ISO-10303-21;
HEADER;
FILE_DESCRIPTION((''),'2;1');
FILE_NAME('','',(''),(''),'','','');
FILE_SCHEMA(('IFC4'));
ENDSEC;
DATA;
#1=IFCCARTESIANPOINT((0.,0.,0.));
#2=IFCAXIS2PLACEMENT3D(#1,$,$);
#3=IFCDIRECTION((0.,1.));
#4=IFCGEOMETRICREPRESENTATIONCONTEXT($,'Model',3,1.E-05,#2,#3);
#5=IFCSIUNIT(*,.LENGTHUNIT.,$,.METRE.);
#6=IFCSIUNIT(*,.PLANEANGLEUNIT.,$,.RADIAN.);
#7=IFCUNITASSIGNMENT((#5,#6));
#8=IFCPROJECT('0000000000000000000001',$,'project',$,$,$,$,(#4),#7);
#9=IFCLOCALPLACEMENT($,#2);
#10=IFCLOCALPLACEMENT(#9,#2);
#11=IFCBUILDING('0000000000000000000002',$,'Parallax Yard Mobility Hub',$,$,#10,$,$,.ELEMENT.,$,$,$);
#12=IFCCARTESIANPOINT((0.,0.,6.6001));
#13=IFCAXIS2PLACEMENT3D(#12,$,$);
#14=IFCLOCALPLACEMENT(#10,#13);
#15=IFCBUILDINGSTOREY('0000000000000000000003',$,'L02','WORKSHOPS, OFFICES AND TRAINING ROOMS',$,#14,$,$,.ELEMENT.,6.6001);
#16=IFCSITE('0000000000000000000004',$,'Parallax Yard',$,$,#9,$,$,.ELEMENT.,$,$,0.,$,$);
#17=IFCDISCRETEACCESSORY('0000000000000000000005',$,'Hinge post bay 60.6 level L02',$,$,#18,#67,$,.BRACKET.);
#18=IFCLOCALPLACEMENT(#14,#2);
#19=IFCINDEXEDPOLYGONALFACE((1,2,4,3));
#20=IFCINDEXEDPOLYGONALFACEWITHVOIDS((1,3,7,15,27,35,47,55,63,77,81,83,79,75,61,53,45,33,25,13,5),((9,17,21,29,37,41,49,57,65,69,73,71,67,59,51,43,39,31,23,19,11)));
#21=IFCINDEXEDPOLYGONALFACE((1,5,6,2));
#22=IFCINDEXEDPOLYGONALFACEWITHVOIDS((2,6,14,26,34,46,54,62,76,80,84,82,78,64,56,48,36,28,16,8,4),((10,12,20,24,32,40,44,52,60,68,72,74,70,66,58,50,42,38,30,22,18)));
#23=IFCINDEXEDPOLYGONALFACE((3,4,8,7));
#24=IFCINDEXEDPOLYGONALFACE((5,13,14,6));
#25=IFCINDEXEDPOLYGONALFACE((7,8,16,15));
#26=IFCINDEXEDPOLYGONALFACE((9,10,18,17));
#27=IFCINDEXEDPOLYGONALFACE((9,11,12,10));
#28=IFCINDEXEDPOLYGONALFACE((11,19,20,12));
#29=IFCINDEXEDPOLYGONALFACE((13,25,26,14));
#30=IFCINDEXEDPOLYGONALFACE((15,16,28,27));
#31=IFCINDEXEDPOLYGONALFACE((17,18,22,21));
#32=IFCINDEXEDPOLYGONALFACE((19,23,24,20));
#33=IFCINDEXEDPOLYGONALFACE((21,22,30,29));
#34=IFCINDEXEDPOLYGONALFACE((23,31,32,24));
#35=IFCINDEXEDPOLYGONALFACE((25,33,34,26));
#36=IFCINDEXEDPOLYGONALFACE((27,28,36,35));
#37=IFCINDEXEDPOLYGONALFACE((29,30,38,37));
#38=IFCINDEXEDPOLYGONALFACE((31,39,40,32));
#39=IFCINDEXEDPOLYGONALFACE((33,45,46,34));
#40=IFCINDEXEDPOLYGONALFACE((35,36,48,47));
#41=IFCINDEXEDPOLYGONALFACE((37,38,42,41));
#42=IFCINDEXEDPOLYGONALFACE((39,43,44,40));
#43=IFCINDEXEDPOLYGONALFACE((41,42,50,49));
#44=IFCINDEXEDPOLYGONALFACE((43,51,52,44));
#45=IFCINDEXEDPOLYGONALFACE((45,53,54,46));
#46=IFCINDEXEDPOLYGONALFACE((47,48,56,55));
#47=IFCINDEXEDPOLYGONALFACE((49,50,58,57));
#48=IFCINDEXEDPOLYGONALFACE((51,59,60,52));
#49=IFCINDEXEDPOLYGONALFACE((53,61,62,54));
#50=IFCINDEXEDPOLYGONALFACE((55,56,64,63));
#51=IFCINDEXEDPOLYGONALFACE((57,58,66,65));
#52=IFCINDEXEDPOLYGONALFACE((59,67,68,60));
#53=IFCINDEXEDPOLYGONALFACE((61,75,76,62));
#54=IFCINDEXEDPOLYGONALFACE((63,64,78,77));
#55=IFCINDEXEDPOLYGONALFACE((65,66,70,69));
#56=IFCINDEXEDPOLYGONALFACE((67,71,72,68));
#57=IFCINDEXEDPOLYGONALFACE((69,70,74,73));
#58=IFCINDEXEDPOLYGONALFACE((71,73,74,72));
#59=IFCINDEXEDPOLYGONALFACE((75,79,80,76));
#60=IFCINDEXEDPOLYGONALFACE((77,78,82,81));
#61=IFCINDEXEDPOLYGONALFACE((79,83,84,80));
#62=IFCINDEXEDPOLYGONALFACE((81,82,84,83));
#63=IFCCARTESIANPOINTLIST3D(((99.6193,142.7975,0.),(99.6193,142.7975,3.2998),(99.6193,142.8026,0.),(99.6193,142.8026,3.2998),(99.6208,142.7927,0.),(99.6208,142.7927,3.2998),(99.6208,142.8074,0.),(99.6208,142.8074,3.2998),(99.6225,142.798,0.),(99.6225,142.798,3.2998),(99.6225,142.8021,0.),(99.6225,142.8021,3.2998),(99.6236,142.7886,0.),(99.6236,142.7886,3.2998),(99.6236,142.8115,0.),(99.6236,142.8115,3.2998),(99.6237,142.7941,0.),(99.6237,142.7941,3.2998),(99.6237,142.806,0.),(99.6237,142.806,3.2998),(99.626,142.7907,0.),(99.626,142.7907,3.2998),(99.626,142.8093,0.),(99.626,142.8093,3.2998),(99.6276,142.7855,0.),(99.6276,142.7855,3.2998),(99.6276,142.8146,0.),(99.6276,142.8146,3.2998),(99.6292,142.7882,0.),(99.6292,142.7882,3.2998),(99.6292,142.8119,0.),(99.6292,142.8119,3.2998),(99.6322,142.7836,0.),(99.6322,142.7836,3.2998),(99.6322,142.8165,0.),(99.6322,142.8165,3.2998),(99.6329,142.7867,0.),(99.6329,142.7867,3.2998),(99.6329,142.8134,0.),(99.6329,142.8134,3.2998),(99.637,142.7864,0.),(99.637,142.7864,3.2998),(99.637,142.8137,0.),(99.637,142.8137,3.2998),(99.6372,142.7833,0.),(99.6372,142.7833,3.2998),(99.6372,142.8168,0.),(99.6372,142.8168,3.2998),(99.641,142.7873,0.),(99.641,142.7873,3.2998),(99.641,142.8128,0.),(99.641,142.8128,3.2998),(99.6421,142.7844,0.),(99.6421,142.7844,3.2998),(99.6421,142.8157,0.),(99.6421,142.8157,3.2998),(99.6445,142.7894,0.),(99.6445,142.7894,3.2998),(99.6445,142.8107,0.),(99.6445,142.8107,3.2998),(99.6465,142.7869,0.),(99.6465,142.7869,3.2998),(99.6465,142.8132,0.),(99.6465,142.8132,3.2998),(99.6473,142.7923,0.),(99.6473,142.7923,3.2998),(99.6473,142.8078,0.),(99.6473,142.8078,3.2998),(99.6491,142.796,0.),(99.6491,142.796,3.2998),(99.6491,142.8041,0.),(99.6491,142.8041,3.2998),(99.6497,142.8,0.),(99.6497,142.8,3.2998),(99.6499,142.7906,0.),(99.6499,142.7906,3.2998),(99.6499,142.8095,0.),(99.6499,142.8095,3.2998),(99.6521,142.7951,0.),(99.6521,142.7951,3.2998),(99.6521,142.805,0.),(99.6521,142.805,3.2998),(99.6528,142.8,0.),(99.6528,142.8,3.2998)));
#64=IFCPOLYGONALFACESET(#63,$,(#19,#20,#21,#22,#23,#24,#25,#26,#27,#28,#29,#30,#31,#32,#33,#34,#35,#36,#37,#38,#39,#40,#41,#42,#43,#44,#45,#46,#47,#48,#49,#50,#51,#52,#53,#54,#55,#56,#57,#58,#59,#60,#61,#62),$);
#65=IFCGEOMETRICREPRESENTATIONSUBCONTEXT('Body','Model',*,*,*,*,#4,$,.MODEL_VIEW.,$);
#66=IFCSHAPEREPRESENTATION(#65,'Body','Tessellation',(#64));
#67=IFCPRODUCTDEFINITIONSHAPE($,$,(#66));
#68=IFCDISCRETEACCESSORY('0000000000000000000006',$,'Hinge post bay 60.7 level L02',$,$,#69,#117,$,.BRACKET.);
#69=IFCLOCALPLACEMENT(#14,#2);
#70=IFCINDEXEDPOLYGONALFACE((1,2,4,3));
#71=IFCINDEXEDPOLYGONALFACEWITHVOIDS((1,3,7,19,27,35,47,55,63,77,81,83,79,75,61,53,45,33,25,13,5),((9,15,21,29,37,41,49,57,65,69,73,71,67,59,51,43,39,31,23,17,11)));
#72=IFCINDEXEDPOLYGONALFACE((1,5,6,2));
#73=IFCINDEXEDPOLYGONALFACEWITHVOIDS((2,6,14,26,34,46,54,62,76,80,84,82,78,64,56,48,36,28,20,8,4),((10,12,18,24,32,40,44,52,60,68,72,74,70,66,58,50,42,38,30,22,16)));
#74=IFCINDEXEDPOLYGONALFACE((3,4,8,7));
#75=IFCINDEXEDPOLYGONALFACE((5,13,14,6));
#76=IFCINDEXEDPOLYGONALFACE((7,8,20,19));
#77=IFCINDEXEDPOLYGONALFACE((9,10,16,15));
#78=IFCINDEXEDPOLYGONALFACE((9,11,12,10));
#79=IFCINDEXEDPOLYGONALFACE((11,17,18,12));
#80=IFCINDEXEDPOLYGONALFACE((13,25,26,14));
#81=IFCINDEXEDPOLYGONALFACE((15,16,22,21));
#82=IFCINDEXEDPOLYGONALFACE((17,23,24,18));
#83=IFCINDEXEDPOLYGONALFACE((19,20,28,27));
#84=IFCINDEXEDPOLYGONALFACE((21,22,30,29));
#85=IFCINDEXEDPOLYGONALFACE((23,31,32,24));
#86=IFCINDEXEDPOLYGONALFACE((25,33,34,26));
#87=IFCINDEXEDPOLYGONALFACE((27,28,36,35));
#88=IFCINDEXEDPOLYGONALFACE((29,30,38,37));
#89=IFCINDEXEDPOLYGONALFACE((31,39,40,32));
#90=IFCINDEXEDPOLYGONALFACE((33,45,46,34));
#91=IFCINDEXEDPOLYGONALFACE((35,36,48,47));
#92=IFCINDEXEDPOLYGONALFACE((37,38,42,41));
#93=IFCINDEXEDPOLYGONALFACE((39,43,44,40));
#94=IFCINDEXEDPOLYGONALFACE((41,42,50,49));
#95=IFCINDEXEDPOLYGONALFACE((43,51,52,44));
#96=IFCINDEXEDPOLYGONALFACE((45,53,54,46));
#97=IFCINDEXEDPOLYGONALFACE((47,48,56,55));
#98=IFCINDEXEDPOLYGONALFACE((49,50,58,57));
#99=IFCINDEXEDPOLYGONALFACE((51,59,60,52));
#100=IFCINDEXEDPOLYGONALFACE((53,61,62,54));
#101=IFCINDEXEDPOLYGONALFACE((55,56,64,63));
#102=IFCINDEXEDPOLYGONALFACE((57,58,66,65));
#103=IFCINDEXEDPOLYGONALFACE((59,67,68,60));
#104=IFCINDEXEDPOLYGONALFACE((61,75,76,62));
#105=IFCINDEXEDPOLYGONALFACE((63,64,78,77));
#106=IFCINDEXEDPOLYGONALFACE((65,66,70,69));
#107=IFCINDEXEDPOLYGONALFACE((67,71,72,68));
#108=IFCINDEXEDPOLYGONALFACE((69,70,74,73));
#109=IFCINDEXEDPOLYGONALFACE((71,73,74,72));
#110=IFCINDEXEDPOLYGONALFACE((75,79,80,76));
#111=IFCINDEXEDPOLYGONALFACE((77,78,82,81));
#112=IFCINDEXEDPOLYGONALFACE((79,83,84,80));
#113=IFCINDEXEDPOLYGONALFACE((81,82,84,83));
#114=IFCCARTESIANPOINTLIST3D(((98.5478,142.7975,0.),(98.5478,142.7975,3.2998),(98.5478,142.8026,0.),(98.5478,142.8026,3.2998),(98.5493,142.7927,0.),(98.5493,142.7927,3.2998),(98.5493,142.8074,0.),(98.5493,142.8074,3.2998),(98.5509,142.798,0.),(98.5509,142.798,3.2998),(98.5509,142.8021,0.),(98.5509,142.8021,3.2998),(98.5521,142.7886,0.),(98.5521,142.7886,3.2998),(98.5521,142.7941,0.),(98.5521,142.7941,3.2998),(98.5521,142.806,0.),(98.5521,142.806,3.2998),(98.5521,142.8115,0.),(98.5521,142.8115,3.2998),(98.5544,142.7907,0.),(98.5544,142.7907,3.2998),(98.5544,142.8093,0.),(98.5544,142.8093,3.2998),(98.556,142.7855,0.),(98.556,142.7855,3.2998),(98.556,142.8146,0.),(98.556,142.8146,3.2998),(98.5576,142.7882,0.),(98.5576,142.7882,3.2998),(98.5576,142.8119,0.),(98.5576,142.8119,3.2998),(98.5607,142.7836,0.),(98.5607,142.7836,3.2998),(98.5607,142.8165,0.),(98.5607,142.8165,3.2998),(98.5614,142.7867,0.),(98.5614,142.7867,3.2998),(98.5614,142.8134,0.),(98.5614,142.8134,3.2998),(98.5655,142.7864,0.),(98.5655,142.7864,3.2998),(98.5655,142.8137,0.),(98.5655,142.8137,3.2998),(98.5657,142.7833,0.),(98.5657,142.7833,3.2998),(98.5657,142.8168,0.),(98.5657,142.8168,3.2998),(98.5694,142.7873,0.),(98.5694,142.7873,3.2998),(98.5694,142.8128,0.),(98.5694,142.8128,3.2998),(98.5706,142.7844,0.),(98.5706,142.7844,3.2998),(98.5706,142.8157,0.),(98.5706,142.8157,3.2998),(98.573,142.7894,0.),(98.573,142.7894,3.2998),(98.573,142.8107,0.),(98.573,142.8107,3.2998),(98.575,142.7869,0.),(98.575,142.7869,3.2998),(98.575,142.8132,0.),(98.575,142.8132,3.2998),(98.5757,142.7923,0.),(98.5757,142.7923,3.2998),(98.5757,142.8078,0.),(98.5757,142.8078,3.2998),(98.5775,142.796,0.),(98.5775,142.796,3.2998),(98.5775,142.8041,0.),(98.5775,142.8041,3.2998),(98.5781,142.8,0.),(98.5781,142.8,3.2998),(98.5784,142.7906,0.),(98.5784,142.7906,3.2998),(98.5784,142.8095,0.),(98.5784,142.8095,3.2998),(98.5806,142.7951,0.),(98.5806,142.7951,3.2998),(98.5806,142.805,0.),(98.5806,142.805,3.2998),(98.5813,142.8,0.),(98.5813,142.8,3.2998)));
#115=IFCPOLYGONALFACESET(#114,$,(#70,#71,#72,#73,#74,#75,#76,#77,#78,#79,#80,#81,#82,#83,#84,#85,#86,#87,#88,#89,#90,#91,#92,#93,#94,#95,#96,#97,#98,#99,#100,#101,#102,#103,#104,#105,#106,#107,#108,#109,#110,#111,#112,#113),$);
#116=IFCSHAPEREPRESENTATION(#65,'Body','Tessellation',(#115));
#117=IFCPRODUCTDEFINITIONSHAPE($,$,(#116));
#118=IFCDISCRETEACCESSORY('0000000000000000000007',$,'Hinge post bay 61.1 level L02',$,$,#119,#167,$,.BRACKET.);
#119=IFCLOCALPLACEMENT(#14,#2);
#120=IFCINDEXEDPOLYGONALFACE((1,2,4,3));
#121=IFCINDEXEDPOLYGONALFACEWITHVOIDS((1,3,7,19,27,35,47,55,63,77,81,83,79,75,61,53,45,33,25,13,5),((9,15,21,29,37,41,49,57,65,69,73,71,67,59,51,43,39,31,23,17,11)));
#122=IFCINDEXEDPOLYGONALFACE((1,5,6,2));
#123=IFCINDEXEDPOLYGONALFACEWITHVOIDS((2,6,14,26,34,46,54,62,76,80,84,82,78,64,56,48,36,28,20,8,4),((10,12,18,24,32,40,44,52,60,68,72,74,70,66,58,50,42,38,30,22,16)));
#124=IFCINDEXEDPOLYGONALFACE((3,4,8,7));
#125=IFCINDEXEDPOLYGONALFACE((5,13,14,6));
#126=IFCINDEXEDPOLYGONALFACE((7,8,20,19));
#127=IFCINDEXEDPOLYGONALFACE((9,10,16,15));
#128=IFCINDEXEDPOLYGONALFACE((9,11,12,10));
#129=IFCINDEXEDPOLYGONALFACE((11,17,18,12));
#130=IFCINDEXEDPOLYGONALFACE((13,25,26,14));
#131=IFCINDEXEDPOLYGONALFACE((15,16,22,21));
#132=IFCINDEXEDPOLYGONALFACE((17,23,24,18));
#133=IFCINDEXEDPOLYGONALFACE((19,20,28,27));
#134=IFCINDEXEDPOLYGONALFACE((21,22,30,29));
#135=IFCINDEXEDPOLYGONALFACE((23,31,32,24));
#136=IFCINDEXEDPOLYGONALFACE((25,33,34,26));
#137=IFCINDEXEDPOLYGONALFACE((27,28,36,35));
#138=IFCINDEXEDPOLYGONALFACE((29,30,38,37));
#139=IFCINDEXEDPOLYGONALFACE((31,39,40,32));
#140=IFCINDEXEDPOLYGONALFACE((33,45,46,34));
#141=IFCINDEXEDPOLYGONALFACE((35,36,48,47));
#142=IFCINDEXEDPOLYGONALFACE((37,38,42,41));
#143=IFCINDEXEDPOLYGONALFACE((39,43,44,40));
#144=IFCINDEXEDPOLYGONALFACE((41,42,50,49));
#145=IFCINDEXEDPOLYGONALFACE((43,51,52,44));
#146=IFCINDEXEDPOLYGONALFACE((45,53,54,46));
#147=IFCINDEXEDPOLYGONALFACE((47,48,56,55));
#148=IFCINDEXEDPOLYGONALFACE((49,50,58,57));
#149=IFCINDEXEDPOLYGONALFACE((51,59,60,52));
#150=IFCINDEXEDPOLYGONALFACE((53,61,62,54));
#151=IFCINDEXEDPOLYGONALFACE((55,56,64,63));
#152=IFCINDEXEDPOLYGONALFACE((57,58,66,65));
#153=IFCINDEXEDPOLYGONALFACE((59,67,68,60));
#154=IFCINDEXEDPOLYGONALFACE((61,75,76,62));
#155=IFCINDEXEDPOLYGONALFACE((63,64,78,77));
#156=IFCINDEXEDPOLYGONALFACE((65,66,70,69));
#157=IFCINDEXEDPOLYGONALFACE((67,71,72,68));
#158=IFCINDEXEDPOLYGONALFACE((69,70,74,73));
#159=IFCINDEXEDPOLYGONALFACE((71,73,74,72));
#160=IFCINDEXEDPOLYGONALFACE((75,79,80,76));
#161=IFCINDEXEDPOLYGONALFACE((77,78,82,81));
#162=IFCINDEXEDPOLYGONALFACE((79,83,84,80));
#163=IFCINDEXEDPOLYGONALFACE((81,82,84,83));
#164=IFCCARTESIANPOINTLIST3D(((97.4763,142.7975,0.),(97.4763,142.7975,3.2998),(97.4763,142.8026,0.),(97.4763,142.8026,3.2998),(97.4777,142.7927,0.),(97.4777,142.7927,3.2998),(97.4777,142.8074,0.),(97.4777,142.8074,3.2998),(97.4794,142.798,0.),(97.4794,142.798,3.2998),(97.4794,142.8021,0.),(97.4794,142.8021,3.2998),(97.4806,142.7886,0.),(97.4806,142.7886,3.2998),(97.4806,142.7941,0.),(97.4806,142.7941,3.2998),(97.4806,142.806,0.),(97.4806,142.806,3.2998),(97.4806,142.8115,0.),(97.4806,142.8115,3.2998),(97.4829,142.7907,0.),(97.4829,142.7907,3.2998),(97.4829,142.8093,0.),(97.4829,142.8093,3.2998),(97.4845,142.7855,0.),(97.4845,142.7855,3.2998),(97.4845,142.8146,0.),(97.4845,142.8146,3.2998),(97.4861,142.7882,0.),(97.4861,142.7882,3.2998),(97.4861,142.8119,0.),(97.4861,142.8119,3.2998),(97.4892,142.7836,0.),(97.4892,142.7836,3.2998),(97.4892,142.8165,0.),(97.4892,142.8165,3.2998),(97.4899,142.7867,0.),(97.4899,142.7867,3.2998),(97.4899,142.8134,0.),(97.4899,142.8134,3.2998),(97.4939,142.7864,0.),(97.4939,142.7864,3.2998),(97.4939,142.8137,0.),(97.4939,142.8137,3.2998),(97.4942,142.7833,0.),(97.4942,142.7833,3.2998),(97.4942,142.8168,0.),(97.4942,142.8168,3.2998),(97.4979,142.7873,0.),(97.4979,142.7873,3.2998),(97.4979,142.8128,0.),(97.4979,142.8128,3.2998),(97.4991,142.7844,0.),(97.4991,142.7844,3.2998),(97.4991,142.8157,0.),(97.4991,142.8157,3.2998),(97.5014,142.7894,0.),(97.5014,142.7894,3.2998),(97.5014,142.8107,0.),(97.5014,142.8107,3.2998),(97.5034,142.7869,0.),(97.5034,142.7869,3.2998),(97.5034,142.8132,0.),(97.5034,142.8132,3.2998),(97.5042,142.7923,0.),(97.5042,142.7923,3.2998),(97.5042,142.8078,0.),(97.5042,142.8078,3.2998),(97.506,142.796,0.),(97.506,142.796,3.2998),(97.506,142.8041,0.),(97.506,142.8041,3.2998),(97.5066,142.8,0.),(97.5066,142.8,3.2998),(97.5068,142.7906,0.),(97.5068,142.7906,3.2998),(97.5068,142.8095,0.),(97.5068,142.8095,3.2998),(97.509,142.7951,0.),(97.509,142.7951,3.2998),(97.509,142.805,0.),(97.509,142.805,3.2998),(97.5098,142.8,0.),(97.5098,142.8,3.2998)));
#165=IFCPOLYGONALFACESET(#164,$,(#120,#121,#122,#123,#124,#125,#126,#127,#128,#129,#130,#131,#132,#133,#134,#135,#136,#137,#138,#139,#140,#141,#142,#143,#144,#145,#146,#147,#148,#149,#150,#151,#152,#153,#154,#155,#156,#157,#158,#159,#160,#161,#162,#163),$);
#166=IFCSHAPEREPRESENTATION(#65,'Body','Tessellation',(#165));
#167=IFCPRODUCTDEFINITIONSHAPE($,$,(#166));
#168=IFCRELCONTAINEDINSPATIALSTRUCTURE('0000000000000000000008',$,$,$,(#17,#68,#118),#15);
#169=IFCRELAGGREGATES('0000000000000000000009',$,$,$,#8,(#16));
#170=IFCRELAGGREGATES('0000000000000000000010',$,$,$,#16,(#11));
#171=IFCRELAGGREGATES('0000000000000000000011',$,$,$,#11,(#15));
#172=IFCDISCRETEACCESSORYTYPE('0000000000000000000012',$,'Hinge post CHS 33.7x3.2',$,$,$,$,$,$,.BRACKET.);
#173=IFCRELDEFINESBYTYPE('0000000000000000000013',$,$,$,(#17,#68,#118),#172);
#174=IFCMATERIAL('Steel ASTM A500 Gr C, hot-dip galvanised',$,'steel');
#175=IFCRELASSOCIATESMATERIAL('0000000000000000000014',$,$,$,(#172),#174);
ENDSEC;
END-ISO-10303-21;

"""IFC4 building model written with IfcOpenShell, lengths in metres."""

from ifc_helpers import new_model, si_unit, direction, frame, origin, origin_2d, place, context, subcontext, project, spatial, hollow_circle, extrude, material, material_profile, profile_set, type_object, element, save


model = new_model("IFC4")

# Units and contexts
model_context = context("Model", 3, precision=1e-05, world=origin(), true_north=direction((0.0, 1.0)))
body_context = subcontext(model_context, "Body", "Model", "MODEL_VIEW")
ifc_project = project(units=[si_unit("LENGTHUNIT", "METRE"), si_unit("PLANEANGLEUNIT", "RADIAN")], contexts=[model_context])

# Site, building, storey
site_placement = place(None, origin())
site = spatial("IfcSite", under=ifc_project, at=site_placement, Name="Parallax Yard", CompositionType="ELEMENT", RefElevation=0.0)
building_placement = place(site_placement, origin())
building = spatial("IfcBuilding", under=site, at=building_placement, Name="Parallax Yard Mobility Hub", CompositionType="ELEMENT")
storey_placement = place(building_placement, frame((0.0, 0.0, 6.6001)))
storey = spatial("IfcBuildingStorey", under=building, at=storey_placement, Name="L02", Description="WORKSHOPS, OFFICES AND TRAINING ROOMS", CompositionType="ELEMENT", Elevation=6.6001)

# Discrete accessories
ifc_material_1 = material(Name="Steel ASTM A500 Gr C, hot-dip galvanised", Category="steel")
ifc_material_profile = material_profile(ifc_material_1, hollow_circle(Radius=0.0168, WallThickness=0.0032, at=origin_2d()), Name="CHS 33.7x3.2")
ifc_profile_set = profile_set([ifc_material_profile], Name="Steel ASTM A500 Gr C, hot-dip galvanised")
discrete_accessory_type_1 = type_object("IfcDiscreteAccessoryType", Name="Hinge post CHS 33.7x3.2", PredefinedType="BRACKET", material=ifc_profile_set)
for number, where, z_axis, x_axis, name in (
    (1, (99.636, 142.8, 0.0), (0.0, 0.0, 1.0), (1.0, 0.0, 0.0), "Hinge post bay 60.6 level L02"),
    (2, (98.5645, 142.8, 0.0), (0.0, 0.0, 1.0), (1.0, 0.0, 0.0), "Hinge post bay 60.7 level L02"),
    (3, (97.4929, 142.8, 0.0), (0.0, 0.0, 1.0), (1.0, 0.0, 0.0), "Hinge post bay 61.1 level L02"),
):
    element("IfcDiscreteAccessory", number, at=place(storey_placement, frame(where, z_axis=z_axis, x_axis=x_axis)), inside=storey, type_object=discrete_accessory_type_1, Name=name, PredefinedType="BRACKET", context=body_context, shape_type="SweptSolid", body=[
        extrude(hollow_circle(Radius=0.0168, WallThickness=0.0032, at=origin_2d()), origin(), (0.0, 0.0, 1.0), 3.2998),
    ])

save(model, "model.ifc")
